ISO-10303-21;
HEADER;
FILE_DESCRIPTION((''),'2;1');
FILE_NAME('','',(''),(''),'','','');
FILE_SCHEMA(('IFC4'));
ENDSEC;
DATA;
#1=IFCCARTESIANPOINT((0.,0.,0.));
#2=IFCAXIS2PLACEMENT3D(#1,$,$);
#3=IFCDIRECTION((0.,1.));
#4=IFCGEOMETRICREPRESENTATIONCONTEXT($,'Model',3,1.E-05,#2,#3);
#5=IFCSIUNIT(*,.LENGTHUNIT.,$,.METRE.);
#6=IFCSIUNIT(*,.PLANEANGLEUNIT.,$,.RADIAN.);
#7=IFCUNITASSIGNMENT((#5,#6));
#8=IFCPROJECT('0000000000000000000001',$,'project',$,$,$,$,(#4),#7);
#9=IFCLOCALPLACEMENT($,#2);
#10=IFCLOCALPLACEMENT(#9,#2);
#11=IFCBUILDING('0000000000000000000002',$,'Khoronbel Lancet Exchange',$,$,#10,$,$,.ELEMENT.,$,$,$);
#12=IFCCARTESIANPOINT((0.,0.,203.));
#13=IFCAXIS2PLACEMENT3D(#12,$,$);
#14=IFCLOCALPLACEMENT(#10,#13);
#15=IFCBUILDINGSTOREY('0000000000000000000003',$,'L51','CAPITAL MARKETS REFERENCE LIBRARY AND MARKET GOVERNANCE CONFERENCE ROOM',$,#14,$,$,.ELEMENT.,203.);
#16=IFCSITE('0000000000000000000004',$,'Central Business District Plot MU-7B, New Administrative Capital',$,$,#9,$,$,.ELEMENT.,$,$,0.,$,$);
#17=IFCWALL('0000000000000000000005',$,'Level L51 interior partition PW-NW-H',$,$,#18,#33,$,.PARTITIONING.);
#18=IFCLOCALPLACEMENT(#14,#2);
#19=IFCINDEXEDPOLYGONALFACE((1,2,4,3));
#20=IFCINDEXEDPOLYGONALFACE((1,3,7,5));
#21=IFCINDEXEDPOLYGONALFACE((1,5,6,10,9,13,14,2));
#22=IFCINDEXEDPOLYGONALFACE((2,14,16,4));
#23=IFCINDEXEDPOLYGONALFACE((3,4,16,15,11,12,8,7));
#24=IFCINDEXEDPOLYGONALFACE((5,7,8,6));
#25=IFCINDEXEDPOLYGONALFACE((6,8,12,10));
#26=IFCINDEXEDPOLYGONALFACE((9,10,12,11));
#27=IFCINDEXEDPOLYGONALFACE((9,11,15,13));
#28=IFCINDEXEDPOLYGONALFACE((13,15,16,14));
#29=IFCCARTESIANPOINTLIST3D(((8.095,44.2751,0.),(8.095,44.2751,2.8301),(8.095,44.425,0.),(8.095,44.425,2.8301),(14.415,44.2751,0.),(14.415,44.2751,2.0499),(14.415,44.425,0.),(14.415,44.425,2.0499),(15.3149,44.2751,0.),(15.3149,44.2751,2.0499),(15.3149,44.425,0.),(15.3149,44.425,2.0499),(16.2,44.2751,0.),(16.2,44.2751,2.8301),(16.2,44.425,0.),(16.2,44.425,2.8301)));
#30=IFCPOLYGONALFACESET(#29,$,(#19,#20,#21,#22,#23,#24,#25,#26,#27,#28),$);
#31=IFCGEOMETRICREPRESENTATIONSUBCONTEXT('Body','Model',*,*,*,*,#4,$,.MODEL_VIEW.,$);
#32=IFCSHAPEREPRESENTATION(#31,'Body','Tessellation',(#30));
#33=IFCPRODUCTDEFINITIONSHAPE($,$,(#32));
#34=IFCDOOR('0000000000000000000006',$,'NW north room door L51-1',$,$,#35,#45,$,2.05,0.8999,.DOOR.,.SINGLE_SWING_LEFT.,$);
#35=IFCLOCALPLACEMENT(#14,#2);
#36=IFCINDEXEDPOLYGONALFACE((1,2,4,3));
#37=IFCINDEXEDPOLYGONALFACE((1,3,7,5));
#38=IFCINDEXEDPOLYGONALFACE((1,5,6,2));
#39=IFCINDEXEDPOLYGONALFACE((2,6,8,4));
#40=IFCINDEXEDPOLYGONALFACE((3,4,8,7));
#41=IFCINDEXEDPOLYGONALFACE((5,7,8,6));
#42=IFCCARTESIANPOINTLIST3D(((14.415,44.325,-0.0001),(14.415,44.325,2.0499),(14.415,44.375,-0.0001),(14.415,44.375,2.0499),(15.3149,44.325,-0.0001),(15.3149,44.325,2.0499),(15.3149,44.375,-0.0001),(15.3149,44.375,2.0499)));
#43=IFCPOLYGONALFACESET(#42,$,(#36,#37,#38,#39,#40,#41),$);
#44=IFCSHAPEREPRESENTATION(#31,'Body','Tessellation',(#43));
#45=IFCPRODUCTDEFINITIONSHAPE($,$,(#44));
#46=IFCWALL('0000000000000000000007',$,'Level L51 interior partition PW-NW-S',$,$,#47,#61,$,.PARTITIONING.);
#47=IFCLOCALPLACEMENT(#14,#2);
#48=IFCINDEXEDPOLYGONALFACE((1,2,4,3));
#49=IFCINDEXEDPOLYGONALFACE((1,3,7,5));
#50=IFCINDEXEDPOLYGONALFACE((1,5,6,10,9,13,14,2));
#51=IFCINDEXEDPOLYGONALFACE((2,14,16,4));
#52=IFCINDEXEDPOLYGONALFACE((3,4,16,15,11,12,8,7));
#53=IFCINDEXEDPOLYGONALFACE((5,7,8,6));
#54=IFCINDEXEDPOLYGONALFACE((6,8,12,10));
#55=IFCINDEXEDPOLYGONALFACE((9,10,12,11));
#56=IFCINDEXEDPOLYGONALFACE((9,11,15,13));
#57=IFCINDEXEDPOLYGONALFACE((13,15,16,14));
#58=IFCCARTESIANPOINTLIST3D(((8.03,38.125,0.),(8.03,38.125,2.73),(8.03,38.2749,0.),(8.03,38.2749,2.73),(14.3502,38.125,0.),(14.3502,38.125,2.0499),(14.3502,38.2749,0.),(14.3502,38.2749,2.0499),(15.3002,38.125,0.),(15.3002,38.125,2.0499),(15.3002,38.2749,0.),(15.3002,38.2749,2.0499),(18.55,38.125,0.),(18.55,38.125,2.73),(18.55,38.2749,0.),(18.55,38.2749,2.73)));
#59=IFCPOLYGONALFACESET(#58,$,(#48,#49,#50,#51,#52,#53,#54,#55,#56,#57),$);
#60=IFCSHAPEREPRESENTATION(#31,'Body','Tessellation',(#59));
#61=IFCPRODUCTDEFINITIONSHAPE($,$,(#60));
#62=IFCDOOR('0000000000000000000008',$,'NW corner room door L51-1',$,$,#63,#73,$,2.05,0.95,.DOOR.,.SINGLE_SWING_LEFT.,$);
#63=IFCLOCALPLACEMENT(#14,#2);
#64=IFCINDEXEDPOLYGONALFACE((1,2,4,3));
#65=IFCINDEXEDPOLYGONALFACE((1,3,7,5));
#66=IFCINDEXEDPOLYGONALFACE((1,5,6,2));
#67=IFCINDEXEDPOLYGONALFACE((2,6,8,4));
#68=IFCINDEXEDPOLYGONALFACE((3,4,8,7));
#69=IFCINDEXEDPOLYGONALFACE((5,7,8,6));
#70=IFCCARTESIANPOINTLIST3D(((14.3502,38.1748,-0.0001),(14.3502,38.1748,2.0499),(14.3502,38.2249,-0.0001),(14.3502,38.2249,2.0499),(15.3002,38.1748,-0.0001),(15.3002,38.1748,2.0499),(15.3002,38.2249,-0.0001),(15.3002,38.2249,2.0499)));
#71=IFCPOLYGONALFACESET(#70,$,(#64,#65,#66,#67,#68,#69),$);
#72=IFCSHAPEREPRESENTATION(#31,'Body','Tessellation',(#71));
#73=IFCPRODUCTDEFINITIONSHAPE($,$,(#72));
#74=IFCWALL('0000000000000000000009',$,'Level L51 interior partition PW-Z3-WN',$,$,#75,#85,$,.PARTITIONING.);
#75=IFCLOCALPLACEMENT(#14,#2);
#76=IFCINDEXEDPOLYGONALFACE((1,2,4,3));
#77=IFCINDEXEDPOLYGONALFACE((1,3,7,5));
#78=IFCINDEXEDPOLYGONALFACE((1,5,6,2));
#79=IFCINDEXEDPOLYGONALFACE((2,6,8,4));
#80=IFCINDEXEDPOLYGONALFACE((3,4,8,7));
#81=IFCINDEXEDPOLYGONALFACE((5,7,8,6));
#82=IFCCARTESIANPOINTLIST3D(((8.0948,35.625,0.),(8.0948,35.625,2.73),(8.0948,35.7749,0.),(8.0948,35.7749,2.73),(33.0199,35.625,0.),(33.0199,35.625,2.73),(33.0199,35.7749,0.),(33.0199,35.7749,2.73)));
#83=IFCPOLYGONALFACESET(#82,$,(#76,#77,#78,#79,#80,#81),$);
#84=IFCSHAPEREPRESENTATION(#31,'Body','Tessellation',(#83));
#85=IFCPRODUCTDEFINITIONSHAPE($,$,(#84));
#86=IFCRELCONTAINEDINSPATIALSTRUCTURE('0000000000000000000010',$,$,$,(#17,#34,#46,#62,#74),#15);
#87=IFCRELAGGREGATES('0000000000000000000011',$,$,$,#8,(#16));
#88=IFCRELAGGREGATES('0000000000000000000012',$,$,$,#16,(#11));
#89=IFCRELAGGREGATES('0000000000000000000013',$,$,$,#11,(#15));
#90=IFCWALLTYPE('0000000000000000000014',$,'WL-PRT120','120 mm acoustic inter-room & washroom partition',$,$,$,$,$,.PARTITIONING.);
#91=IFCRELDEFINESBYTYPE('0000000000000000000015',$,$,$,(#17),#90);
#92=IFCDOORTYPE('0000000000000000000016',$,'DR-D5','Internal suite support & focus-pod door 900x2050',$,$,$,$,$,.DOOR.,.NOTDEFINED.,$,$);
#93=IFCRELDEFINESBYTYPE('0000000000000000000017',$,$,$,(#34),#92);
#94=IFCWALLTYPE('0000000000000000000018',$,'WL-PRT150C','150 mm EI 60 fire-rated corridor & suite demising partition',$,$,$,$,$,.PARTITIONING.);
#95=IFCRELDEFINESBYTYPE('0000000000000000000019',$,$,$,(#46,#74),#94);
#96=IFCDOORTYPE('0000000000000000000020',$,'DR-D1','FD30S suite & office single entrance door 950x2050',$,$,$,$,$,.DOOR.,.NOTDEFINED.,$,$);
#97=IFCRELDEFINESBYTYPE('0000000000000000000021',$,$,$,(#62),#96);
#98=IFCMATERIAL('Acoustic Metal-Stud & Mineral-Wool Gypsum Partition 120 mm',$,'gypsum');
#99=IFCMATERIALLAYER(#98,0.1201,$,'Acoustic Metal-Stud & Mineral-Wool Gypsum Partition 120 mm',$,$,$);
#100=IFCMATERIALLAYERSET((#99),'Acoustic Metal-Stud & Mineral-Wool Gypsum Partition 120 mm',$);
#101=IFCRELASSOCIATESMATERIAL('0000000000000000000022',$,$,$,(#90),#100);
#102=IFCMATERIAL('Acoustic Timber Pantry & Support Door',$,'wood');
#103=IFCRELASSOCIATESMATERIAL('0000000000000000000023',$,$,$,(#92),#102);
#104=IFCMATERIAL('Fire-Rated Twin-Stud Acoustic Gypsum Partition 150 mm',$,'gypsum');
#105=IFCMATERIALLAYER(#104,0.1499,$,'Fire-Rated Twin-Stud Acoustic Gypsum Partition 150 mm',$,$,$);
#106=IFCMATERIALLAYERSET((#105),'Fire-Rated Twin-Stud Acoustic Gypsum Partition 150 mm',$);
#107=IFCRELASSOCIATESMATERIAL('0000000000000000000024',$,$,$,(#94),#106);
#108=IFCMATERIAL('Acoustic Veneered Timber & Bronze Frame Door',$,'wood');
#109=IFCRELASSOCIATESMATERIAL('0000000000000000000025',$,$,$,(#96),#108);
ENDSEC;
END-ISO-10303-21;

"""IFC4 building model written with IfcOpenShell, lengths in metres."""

from ifc_helpers import new_model, si_unit, direction, frame, frame_2d, origin, place, context, subcontext, project, spatial, rectangle, extrude, material, layer, layer_set, type_object, element, fill, save


model = new_model("IFC4")

# Units and contexts
model_context = context("Model", 3, precision=1e-05, world=origin(), true_north=direction((0.0, 1.0)))
body_context = subcontext(model_context, "Body", "Model", "MODEL_VIEW")
ifc_project = project(units=[si_unit("LENGTHUNIT", "METRE"), si_unit("PLANEANGLEUNIT", "RADIAN")], contexts=[model_context])

# Site, building, storey
site_placement = place(None, origin())
site = spatial("IfcSite", under=ifc_project, at=site_placement, Name="Central Business District Plot MU-7B, New Administrative Capital", CompositionType="ELEMENT", RefElevation=0.0)
building_placement = place(site_placement, origin())
building = spatial("IfcBuilding", under=site, at=building_placement, Name="Khoronbel Lancet Exchange", CompositionType="ELEMENT")
storey_placement = place(building_placement, frame((0.0, 0.0, 203.0)))
storey = spatial("IfcBuildingStorey", under=building, at=storey_placement, Name="L51", Description="CAPITAL MARKETS REFERENCE LIBRARY AND MARKET GOVERNANCE CONFERENCE ROOM", CompositionType="ELEMENT", Elevation=203.0)

# Walls, openings, doors
ifc_material_1 = material(Name="Acoustic Metal-Stud & Mineral-Wool Gypsum Partition 120 mm", Category="gypsum")
ifc_layer_1 = layer(ifc_material_1, 0.1201, Name="Acoustic Metal-Stud & Mineral-Wool Gypsum Partition 120 mm")
ifc_layer_set_1 = layer_set([ifc_layer_1], Name="Acoustic Metal-Stud & Mineral-Wool Gypsum Partition 120 mm")
wall_type_1 = type_object("IfcWallType", Name="WL-PRT120", Description="120 mm acoustic inter-room & washroom partition", PredefinedType="PARTITIONING", material=ifc_layer_set_1)
wall_1_placement = place(storey_placement, frame((8.095, 44.3501, 0.0), z_axis=(0.0, 0.0, 1.0), x_axis=(1.0, 0.0, 0.0)))
wall_1 = element("IfcWall", 1, at=wall_1_placement, inside=storey, type_object=wall_type_1, Name="Level L51 interior partition PW-NW-H", PredefinedType="PARTITIONING", context=body_context, shape_type="SweptSolid", body=[
    extrude(rectangle(XDim=8.105, YDim=0.1499, at=frame_2d((4.0525, 0.0))), origin(), (0.0, 0.0, 1.0), 2.8301),
])
opening_1_placement = place(wall_1_placement, frame((6.3201, 0.0, 0.0)))
opening_1 = element("IfcOpeningElement", 2, at=opening_1_placement, cuts=wall_1, PredefinedType="OPENING", context=body_context, shape_type="SweptSolid", body=[
    extrude(rectangle(XDim=0.8999, YDim=2.05, at=frame_2d((0.45, 1.0249))), frame((0.0, 0.085, 0.0), z_axis=(0.0, -1.0, 0.0), x_axis=(1.0, 0.0, 0.0)), (0.0, 0.0, 1.0), 0.1699),
])
ifc_material_2 = material(Name="Acoustic Timber Pantry & Support Door", Category="wood")
door_type_1 = type_object("IfcDoorType", Name="DR-D5", Description="Internal suite support & focus-pod door 900x2050", OperationType="NOTDEFINED", PredefinedType="DOOR", material=ifc_material_2)
door_1_placement = place(opening_1_placement, origin())
door_1 = element("IfcDoor", 3, at=door_1_placement, inside=storey, type_object=door_type_1, Name="NW north room door L51-1", OperationType="SINGLE_SWING_LEFT", OverallHeight=2.05, OverallWidth=0.8999, PredefinedType="DOOR", context=body_context, shape_type="SweptSolid", body=[
    extrude(rectangle(XDim=0.8999, YDim=2.05, at=frame_2d((0.45, 1.0249))), frame((0.0, 0.0249, 0.0), z_axis=(0.0, -1.0, 0.0), x_axis=(1.0, 0.0, 0.0)), (0.0, 0.0, 1.0), 0.05),
])
fill(opening_1, door_1)
ifc_material_3 = material(Name="Fire-Rated Twin-Stud Acoustic Gypsum Partition 150 mm", Category="gypsum")
ifc_layer_2 = layer(ifc_material_3, 0.1499, Name="Fire-Rated Twin-Stud Acoustic Gypsum Partition 150 mm")
ifc_layer_set_2 = layer_set([ifc_layer_2], Name="Fire-Rated Twin-Stud Acoustic Gypsum Partition 150 mm")
wall_type_2 = type_object("IfcWallType", Name="WL-PRT150C", Description="150 mm EI 60 fire-rated corridor & suite demising partition", PredefinedType="PARTITIONING", material=ifc_layer_set_2)
wall_2_placement = place(storey_placement, frame((8.03, 38.2, 0.0), z_axis=(0.0, 0.0, 1.0), x_axis=(1.0, 0.0, 0.0)))
wall_2 = element("IfcWall", 4, at=wall_2_placement, inside=storey, type_object=wall_type_2, Name="Level L51 interior partition PW-NW-S", PredefinedType="PARTITIONING", context=body_context, shape_type="SweptSolid", body=[
    extrude(rectangle(XDim=10.52, YDim=0.1499, at=frame_2d((5.26, 0.0))), origin(), (0.0, 0.0, 1.0), 2.73),
])
opening_2_placement = place(wall_2_placement, frame((6.3201, 0.0, 0.0)))
opening_2 = element("IfcOpeningElement", 5, at=opening_2_placement, cuts=wall_2, PredefinedType="OPENING", context=body_context, shape_type="SweptSolid", body=[
    extrude(rectangle(XDim=0.95, YDim=2.05, at=frame_2d((0.4751, 1.0249))), frame((0.0, 0.085, 0.0), z_axis=(0.0, -1.0, 0.0), x_axis=(1.0, 0.0, 0.0)), (0.0, 0.0, 1.0), 0.1699),
])
ifc_material_4 = material(Name="Acoustic Veneered Timber & Bronze Frame Door", Category="wood")
door_type_2 = type_object("IfcDoorType", Name="DR-D1", Description="FD30S suite & office single entrance door 950x2050", OperationType="NOTDEFINED", PredefinedType="DOOR", material=ifc_material_4)
door_2_placement = place(opening_2_placement, origin())
door_2 = element("IfcDoor", 6, at=door_2_placement, inside=storey, type_object=door_type_2, Name="NW corner room door L51-1", OperationType="SINGLE_SWING_LEFT", OverallHeight=2.05, OverallWidth=0.95, PredefinedType="DOOR", context=body_context, shape_type="SweptSolid", body=[
    extrude(rectangle(XDim=0.95, YDim=2.05, at=frame_2d((0.4751, 1.0249))), frame((0.0, 0.0249, 0.0), z_axis=(0.0, -1.0, 0.0), x_axis=(1.0, 0.0, 0.0)), (0.0, 0.0, 1.0), 0.05),
])
fill(opening_2, door_2)

# Wall
wall_3_placement = place(storey_placement, frame((8.095, 35.7, 0.0), z_axis=(0.0, 0.0, 1.0), x_axis=(1.0, 0.0, 0.0)))
element("IfcWall", 7, at=wall_3_placement, inside=storey, type_object=wall_type_2, Name="Level L51 interior partition PW-Z3-WN", PredefinedType="PARTITIONING", context=body_context, shape_type="SweptSolid", body=[
    extrude(rectangle(XDim=24.925, YDim=0.1499, at=frame_2d((12.4624, 0.0))), origin(), (0.0, 0.0, 1.0), 2.73),
])

save(model, "model.ifc")
